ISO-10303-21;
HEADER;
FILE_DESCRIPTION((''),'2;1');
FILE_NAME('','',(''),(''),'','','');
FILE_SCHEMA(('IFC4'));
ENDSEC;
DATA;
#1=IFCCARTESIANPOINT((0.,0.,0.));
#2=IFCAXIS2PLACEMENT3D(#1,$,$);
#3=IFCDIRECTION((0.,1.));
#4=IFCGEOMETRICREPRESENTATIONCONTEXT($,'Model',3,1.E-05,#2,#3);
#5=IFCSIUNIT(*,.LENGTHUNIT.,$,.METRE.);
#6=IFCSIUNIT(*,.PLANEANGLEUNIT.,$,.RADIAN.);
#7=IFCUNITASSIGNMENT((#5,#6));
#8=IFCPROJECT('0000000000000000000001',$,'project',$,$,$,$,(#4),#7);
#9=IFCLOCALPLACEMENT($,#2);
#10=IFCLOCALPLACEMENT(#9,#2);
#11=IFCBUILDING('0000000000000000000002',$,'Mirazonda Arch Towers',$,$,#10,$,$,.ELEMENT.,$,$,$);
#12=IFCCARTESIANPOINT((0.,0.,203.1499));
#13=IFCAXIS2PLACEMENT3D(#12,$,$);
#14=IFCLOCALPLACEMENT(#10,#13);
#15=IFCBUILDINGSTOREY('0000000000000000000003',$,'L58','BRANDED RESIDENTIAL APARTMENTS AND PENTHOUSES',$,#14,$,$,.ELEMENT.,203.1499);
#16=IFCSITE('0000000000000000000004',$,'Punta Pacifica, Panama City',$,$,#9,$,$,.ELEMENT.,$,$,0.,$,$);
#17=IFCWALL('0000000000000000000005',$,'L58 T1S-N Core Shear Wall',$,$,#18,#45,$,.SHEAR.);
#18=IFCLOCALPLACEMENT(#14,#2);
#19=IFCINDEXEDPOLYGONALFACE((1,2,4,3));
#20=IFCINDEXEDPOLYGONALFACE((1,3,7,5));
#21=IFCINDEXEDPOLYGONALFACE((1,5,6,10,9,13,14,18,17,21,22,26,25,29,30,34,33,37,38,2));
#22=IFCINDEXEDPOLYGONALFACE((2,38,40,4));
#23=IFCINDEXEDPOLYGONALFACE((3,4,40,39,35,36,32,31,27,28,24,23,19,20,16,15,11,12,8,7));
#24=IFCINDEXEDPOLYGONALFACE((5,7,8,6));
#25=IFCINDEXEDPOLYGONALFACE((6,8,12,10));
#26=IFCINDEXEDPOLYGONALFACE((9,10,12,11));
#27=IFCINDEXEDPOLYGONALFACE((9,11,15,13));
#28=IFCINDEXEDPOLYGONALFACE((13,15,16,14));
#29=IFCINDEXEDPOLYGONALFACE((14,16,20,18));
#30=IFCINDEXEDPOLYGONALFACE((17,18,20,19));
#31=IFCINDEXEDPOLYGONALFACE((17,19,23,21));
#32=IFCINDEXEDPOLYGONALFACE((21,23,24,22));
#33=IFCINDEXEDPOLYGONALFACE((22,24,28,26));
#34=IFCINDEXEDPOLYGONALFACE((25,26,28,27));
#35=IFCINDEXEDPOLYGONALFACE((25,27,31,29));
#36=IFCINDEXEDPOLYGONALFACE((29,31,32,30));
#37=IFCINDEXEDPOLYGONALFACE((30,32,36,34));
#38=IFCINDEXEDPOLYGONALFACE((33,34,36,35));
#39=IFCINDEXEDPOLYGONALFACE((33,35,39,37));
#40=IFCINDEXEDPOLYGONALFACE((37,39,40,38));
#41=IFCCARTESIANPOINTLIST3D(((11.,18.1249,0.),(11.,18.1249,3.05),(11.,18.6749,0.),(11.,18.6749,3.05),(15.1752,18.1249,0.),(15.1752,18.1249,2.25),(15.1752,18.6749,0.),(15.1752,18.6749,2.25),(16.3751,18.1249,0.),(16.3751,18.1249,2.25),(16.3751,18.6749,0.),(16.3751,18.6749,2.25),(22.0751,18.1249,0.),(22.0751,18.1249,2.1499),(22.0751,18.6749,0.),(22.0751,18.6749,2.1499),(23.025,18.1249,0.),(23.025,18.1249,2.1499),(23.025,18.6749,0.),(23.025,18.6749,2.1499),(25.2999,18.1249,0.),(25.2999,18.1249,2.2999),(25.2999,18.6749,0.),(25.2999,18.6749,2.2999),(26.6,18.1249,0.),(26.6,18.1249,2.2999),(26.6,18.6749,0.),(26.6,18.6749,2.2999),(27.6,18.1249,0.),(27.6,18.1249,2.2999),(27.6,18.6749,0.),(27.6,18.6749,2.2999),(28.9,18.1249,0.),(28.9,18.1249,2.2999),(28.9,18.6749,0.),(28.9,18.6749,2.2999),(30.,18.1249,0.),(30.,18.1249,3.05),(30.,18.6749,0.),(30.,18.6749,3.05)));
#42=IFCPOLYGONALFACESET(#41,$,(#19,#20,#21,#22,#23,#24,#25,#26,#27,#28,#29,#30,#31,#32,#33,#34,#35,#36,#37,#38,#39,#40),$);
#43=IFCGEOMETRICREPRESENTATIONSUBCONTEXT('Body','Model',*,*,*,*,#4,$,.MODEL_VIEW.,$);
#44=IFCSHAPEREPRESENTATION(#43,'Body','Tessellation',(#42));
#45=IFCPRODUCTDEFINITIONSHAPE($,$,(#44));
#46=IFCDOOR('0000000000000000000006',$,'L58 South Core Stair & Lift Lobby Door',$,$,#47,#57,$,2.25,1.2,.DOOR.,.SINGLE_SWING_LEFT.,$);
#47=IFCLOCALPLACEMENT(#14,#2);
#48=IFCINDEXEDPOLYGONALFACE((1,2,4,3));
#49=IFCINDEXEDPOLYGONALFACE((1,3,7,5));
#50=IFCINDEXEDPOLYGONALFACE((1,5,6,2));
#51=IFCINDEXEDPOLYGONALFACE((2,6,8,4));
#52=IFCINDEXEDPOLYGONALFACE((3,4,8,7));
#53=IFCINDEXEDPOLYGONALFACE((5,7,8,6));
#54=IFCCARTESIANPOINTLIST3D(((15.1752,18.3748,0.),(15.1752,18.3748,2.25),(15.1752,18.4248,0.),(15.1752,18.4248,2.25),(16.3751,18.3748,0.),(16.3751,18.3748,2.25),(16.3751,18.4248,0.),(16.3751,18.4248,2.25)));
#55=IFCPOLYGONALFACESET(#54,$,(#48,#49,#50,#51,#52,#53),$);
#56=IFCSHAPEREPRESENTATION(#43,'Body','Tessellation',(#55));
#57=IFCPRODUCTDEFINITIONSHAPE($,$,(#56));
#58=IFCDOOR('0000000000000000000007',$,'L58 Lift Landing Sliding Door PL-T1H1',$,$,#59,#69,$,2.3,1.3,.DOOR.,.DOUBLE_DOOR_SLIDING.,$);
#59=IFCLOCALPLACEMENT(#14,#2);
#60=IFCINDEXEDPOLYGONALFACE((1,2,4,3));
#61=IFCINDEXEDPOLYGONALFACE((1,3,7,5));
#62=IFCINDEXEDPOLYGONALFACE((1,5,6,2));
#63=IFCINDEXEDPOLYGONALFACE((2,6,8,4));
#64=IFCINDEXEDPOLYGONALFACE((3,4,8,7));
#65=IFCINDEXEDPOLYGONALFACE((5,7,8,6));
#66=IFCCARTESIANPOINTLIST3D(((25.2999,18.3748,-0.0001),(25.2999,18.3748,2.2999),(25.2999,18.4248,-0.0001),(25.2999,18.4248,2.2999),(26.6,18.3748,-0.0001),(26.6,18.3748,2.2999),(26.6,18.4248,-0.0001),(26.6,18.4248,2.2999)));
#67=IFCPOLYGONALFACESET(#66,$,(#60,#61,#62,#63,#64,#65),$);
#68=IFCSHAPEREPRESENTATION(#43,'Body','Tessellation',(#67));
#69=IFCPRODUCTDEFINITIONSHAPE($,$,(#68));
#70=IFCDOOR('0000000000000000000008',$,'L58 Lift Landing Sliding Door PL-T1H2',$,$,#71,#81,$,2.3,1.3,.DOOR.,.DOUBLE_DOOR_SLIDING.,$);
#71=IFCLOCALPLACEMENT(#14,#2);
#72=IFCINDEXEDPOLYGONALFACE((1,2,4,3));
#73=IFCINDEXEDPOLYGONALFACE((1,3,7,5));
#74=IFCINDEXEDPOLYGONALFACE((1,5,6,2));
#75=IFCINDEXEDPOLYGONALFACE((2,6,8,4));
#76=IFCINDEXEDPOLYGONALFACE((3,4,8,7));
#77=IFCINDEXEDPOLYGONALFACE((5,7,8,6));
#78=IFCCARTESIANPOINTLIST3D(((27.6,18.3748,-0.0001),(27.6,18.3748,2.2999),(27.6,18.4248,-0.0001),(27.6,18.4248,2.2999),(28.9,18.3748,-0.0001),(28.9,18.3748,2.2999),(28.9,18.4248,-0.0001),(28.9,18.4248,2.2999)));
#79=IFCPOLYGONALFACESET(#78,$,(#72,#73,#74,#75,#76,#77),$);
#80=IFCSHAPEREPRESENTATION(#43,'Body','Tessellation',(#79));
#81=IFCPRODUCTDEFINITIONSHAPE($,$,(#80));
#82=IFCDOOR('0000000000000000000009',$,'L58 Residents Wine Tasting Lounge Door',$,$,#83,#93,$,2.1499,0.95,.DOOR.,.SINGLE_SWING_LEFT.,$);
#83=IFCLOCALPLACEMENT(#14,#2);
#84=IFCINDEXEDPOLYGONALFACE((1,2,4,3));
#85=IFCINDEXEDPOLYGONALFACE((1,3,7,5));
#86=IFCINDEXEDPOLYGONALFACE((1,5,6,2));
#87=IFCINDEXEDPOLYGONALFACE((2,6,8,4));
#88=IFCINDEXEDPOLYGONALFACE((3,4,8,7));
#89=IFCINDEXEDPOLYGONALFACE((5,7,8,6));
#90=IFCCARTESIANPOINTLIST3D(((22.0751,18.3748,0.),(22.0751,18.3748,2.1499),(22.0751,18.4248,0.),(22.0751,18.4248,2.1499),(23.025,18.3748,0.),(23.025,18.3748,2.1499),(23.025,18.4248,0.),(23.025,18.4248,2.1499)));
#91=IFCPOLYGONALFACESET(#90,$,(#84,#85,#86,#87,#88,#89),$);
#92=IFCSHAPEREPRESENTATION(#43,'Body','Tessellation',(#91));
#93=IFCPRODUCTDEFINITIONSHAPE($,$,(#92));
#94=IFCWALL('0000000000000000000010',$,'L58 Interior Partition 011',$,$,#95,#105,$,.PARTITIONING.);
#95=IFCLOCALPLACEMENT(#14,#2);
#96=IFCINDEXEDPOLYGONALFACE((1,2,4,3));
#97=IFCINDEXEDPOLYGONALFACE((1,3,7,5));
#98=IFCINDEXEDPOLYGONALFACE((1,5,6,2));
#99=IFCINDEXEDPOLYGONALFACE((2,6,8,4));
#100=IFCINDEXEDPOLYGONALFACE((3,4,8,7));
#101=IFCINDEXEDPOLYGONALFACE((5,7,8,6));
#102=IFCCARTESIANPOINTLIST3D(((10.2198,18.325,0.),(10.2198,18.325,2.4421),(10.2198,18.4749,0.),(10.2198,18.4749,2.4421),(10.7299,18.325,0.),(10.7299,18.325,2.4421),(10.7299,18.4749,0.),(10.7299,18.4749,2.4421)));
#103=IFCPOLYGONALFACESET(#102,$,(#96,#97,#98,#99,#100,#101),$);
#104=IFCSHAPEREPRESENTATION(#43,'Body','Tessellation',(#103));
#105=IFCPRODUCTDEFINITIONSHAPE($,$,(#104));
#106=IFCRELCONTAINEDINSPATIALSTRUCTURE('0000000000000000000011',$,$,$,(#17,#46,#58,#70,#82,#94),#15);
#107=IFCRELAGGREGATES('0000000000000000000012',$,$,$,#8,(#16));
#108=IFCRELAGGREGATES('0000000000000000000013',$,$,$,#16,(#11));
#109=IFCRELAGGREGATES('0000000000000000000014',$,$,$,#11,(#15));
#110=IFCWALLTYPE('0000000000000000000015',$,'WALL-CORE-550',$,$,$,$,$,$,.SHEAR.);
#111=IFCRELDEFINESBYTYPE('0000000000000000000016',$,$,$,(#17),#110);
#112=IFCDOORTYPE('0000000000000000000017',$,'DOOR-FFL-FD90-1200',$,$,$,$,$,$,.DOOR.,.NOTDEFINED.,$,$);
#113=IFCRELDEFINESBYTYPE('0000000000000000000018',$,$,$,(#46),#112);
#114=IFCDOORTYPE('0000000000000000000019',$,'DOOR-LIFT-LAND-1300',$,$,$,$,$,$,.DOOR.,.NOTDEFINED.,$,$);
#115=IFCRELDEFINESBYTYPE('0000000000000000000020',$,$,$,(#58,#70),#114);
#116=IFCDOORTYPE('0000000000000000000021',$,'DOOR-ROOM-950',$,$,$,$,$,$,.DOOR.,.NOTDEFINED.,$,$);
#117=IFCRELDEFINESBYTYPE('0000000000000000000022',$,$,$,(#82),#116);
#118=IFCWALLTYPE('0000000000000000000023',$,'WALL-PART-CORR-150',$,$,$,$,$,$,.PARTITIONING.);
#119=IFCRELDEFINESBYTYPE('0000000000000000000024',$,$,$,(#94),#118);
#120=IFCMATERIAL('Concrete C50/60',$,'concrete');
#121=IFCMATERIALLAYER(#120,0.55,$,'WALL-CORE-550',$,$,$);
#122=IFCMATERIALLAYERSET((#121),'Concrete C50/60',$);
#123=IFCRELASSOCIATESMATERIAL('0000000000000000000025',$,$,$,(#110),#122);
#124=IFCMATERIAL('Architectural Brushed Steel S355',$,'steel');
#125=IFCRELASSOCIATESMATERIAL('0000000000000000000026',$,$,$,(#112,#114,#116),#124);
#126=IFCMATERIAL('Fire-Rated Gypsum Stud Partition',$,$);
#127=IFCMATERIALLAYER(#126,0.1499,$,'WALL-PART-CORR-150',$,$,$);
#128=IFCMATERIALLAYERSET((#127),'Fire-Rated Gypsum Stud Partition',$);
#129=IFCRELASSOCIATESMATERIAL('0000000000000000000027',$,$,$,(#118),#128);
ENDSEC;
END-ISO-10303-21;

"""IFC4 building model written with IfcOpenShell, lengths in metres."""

from ifc_helpers import new_model, si_unit, direction, frame, frame_2d, origin, place, context, subcontext, project, spatial, rectangle, extrude, material, layer, layer_set, type_object, element, fill, save


model = new_model("IFC4")

# Units and contexts
model_context = context("Model", 3, precision=1e-05, world=origin(), true_north=direction((0.0, 1.0)))
body_context = subcontext(model_context, "Body", "Model", "MODEL_VIEW")
ifc_project = project(units=[si_unit("LENGTHUNIT", "METRE"), si_unit("PLANEANGLEUNIT", "RADIAN")], contexts=[model_context])

# Site, building, storey
site_placement = place(None, origin())
site = spatial("IfcSite", under=ifc_project, at=site_placement, Name="Punta Pacifica, Panama City", CompositionType="ELEMENT", RefElevation=0.0)
building_placement = place(site_placement, origin())
building = spatial("IfcBuilding", under=site, at=building_placement, Name="Mirazonda Arch Towers", CompositionType="ELEMENT")
storey_placement = place(building_placement, frame((0.0, 0.0, 203.1499)))
storey = spatial("IfcBuildingStorey", under=building, at=storey_placement, Name="L58", Description="BRANDED RESIDENTIAL APARTMENTS AND PENTHOUSES", CompositionType="ELEMENT", Elevation=203.1499)

# Shared definitions
ifc_material_1 = material(Name="Concrete C50/60", Category="concrete")

# Shared definitions
ifc_material_2 = material(Name="Architectural Brushed Steel S355", Category="steel")

# Wall, openings, doors
ifc_layer_1 = layer(ifc_material_1, 0.55, Name="WALL-CORE-550")
ifc_layer_set_1 = layer_set([ifc_layer_1], Name="Concrete C50/60")
wall_type_1 = type_object("IfcWallType", Name="WALL-CORE-550", PredefinedType="SHEAR", material=ifc_layer_set_1)
wall_1_placement = place(storey_placement, frame((11.0, 18.3999, 0.0), z_axis=(0.0, 0.0, 1.0), x_axis=(1.0, 0.0, 0.0)))
wall_1 = element("IfcWall", 1, at=wall_1_placement, inside=storey, type_object=wall_type_1, Name="L58 T1S-N Core Shear Wall", PredefinedType="SHEAR", context=body_context, shape_type="SweptSolid", body=[
    extrude(rectangle(XDim=19.0, YDim=0.55, at=frame_2d((9.5, 0.0))), origin(), (0.0, 0.0, 1.0), 3.05),
])
opening_1_placement = place(wall_1_placement, frame((4.175, 0.0, 0.0)))
opening_1 = element("IfcOpeningElement", 2, at=opening_1_placement, cuts=wall_1, PredefinedType="OPENING", context=body_context, shape_type="SweptSolid", body=[
    extrude(rectangle(XDim=1.2, YDim=2.25, at=frame_2d((0.6001, 1.125))), frame((0.0, 0.2849, 0.0), z_axis=(0.0, -1.0, 0.0), x_axis=(1.0, 0.0, 0.0)), (0.0, 0.0, 1.0), 0.5701),
])
opening_2_placement = place(wall_1_placement, frame((11.075, 0.0, 0.0)))
opening_2 = element("IfcOpeningElement", 3, at=opening_2_placement, cuts=wall_1, PredefinedType="OPENING", context=body_context, shape_type="SweptSolid", body=[
    extrude(rectangle(XDim=0.95, YDim=2.1499, at=frame_2d((0.4751, 1.075))), frame((0.0, 0.2849, 0.0), z_axis=(0.0, -1.0, 0.0), x_axis=(1.0, 0.0, 0.0)), (0.0, 0.0, 1.0), 0.5701),
])
opening_3_placement = place(wall_1_placement, frame((14.3, 0.0, 0.0)))
opening_3 = element("IfcOpeningElement", 4, at=opening_3_placement, cuts=wall_1, PredefinedType="OPENING", context=body_context, shape_type="SweptSolid", body=[
    extrude(rectangle(XDim=1.3, YDim=2.3, at=frame_2d((0.6499, 1.1499))), frame((0.0, 0.2849, 0.0), z_axis=(0.0, -1.0, 0.0), x_axis=(1.0, 0.0, 0.0)), (0.0, 0.0, 1.0), 0.5701),
])
opening_4_placement = place(wall_1_placement, frame((16.6001, 0.0, 0.0)))
opening_4 = element("IfcOpeningElement", 5, at=opening_4_placement, cuts=wall_1, PredefinedType="OPENING", context=body_context, shape_type="SweptSolid", body=[
    extrude(rectangle(XDim=1.3, YDim=2.3, at=frame_2d((0.6499, 1.1499))), frame((0.0, 0.2849, 0.0), z_axis=(0.0, -1.0, 0.0), x_axis=(1.0, 0.0, 0.0)), (0.0, 0.0, 1.0), 0.5701),
])
door_type_1 = type_object("IfcDoorType", Name="DOOR-FFL-FD90-1200", OperationType="NOTDEFINED", PredefinedType="DOOR", material=ifc_material_2)
door_1_placement = place(opening_1_placement, origin())
door_1 = element("IfcDoor", 6, at=door_1_placement, inside=storey, type_object=door_type_1, Name="L58 South Core Stair & Lift Lobby Door", OperationType="SINGLE_SWING_LEFT", OverallHeight=2.25, OverallWidth=1.2, PredefinedType="DOOR", context=body_context, shape_type="SweptSolid", body=[
    extrude(rectangle(XDim=1.2, YDim=2.25, at=frame_2d((0.6001, 1.125))), frame((0.0, 0.0249, 0.0), z_axis=(0.0, -1.0, 0.0), x_axis=(1.0, 0.0, 0.0)), (0.0, 0.0, 1.0), 0.05),
])
fill(opening_1, door_1)
door_type_2 = type_object("IfcDoorType", Name="DOOR-LIFT-LAND-1300", OperationType="NOTDEFINED", PredefinedType="DOOR", material=ifc_material_2)
door_2_placement = place(opening_3_placement, origin())
door_2 = element("IfcDoor", 7, at=door_2_placement, inside=storey, type_object=door_type_2, Name="L58 Lift Landing Sliding Door PL-T1H1", OperationType="DOUBLE_DOOR_SLIDING", OverallHeight=2.3, OverallWidth=1.3, PredefinedType="DOOR", context=body_context, shape_type="SweptSolid", body=[
    extrude(rectangle(XDim=1.3, YDim=2.3, at=frame_2d((0.6499, 1.1499))), frame((0.0, 0.0249, 0.0), z_axis=(0.0, -1.0, 0.0), x_axis=(1.0, 0.0, 0.0)), (0.0, 0.0, 1.0), 0.05),
])
fill(opening_3, door_2)
door_3_placement = place(opening_4_placement, origin())
door_3 = element("IfcDoor", 8, at=door_3_placement, inside=storey, type_object=door_type_2, Name="L58 Lift Landing Sliding Door PL-T1H2", OperationType="DOUBLE_DOOR_SLIDING", OverallHeight=2.3, OverallWidth=1.3, PredefinedType="DOOR", context=body_context, shape_type="SweptSolid", body=[
    extrude(rectangle(XDim=1.3, YDim=2.3, at=frame_2d((0.6499, 1.1499))), frame((0.0, 0.0249, 0.0), z_axis=(0.0, -1.0, 0.0), x_axis=(1.0, 0.0, 0.0)), (0.0, 0.0, 1.0), 0.05),
])
fill(opening_4, door_3)
door_type_3 = type_object("IfcDoorType", Name="DOOR-ROOM-950", OperationType="NOTDEFINED", PredefinedType="DOOR", material=ifc_material_2)
door_4_placement = place(opening_2_placement, origin())
door_4 = element("IfcDoor", 9, at=door_4_placement, inside=storey, type_object=door_type_3, Name="L58 Residents Wine Tasting Lounge Door", OperationType="SINGLE_SWING_LEFT", OverallHeight=2.1499, OverallWidth=0.95, PredefinedType="DOOR", context=body_context, shape_type="SweptSolid", body=[
    extrude(rectangle(XDim=0.95, YDim=2.1499, at=frame_2d((0.4751, 1.075))), frame((0.0, 0.0249, 0.0), z_axis=(0.0, -1.0, 0.0), x_axis=(1.0, 0.0, 0.0)), (0.0, 0.0, 1.0), 0.05),
])
fill(opening_2, door_4)

# Wall
ifc_material_3 = material(Name="Fire-Rated Gypsum Stud Partition")
ifc_layer_2 = layer(ifc_material_3, 0.1499, Name="WALL-PART-CORR-150")
ifc_layer_set_2 = layer_set([ifc_layer_2], Name="Fire-Rated Gypsum Stud Partition")
wall_type_2 = type_object("IfcWallType", Name="WALL-PART-CORR-150", PredefinedType="PARTITIONING", material=ifc_layer_set_2)
wall_2_placement = place(storey_placement, frame((10.22, 18.3999, 0.0), z_axis=(0.0, 0.0, 1.0), x_axis=(1.0, 0.0, 0.0)))
element("IfcWall", 10, at=wall_2_placement, inside=storey, type_object=wall_type_2, Name="L58 Interior Partition 011", PredefinedType="PARTITIONING", context=body_context, shape_type="SweptSolid", body=[
    extrude(rectangle(XDim=0.51, YDim=0.1499, at=frame_2d((0.2549, 0.0))), origin(), (0.0, 0.0, 1.0), 2.4421),
])

save(model, "model.ifc")
